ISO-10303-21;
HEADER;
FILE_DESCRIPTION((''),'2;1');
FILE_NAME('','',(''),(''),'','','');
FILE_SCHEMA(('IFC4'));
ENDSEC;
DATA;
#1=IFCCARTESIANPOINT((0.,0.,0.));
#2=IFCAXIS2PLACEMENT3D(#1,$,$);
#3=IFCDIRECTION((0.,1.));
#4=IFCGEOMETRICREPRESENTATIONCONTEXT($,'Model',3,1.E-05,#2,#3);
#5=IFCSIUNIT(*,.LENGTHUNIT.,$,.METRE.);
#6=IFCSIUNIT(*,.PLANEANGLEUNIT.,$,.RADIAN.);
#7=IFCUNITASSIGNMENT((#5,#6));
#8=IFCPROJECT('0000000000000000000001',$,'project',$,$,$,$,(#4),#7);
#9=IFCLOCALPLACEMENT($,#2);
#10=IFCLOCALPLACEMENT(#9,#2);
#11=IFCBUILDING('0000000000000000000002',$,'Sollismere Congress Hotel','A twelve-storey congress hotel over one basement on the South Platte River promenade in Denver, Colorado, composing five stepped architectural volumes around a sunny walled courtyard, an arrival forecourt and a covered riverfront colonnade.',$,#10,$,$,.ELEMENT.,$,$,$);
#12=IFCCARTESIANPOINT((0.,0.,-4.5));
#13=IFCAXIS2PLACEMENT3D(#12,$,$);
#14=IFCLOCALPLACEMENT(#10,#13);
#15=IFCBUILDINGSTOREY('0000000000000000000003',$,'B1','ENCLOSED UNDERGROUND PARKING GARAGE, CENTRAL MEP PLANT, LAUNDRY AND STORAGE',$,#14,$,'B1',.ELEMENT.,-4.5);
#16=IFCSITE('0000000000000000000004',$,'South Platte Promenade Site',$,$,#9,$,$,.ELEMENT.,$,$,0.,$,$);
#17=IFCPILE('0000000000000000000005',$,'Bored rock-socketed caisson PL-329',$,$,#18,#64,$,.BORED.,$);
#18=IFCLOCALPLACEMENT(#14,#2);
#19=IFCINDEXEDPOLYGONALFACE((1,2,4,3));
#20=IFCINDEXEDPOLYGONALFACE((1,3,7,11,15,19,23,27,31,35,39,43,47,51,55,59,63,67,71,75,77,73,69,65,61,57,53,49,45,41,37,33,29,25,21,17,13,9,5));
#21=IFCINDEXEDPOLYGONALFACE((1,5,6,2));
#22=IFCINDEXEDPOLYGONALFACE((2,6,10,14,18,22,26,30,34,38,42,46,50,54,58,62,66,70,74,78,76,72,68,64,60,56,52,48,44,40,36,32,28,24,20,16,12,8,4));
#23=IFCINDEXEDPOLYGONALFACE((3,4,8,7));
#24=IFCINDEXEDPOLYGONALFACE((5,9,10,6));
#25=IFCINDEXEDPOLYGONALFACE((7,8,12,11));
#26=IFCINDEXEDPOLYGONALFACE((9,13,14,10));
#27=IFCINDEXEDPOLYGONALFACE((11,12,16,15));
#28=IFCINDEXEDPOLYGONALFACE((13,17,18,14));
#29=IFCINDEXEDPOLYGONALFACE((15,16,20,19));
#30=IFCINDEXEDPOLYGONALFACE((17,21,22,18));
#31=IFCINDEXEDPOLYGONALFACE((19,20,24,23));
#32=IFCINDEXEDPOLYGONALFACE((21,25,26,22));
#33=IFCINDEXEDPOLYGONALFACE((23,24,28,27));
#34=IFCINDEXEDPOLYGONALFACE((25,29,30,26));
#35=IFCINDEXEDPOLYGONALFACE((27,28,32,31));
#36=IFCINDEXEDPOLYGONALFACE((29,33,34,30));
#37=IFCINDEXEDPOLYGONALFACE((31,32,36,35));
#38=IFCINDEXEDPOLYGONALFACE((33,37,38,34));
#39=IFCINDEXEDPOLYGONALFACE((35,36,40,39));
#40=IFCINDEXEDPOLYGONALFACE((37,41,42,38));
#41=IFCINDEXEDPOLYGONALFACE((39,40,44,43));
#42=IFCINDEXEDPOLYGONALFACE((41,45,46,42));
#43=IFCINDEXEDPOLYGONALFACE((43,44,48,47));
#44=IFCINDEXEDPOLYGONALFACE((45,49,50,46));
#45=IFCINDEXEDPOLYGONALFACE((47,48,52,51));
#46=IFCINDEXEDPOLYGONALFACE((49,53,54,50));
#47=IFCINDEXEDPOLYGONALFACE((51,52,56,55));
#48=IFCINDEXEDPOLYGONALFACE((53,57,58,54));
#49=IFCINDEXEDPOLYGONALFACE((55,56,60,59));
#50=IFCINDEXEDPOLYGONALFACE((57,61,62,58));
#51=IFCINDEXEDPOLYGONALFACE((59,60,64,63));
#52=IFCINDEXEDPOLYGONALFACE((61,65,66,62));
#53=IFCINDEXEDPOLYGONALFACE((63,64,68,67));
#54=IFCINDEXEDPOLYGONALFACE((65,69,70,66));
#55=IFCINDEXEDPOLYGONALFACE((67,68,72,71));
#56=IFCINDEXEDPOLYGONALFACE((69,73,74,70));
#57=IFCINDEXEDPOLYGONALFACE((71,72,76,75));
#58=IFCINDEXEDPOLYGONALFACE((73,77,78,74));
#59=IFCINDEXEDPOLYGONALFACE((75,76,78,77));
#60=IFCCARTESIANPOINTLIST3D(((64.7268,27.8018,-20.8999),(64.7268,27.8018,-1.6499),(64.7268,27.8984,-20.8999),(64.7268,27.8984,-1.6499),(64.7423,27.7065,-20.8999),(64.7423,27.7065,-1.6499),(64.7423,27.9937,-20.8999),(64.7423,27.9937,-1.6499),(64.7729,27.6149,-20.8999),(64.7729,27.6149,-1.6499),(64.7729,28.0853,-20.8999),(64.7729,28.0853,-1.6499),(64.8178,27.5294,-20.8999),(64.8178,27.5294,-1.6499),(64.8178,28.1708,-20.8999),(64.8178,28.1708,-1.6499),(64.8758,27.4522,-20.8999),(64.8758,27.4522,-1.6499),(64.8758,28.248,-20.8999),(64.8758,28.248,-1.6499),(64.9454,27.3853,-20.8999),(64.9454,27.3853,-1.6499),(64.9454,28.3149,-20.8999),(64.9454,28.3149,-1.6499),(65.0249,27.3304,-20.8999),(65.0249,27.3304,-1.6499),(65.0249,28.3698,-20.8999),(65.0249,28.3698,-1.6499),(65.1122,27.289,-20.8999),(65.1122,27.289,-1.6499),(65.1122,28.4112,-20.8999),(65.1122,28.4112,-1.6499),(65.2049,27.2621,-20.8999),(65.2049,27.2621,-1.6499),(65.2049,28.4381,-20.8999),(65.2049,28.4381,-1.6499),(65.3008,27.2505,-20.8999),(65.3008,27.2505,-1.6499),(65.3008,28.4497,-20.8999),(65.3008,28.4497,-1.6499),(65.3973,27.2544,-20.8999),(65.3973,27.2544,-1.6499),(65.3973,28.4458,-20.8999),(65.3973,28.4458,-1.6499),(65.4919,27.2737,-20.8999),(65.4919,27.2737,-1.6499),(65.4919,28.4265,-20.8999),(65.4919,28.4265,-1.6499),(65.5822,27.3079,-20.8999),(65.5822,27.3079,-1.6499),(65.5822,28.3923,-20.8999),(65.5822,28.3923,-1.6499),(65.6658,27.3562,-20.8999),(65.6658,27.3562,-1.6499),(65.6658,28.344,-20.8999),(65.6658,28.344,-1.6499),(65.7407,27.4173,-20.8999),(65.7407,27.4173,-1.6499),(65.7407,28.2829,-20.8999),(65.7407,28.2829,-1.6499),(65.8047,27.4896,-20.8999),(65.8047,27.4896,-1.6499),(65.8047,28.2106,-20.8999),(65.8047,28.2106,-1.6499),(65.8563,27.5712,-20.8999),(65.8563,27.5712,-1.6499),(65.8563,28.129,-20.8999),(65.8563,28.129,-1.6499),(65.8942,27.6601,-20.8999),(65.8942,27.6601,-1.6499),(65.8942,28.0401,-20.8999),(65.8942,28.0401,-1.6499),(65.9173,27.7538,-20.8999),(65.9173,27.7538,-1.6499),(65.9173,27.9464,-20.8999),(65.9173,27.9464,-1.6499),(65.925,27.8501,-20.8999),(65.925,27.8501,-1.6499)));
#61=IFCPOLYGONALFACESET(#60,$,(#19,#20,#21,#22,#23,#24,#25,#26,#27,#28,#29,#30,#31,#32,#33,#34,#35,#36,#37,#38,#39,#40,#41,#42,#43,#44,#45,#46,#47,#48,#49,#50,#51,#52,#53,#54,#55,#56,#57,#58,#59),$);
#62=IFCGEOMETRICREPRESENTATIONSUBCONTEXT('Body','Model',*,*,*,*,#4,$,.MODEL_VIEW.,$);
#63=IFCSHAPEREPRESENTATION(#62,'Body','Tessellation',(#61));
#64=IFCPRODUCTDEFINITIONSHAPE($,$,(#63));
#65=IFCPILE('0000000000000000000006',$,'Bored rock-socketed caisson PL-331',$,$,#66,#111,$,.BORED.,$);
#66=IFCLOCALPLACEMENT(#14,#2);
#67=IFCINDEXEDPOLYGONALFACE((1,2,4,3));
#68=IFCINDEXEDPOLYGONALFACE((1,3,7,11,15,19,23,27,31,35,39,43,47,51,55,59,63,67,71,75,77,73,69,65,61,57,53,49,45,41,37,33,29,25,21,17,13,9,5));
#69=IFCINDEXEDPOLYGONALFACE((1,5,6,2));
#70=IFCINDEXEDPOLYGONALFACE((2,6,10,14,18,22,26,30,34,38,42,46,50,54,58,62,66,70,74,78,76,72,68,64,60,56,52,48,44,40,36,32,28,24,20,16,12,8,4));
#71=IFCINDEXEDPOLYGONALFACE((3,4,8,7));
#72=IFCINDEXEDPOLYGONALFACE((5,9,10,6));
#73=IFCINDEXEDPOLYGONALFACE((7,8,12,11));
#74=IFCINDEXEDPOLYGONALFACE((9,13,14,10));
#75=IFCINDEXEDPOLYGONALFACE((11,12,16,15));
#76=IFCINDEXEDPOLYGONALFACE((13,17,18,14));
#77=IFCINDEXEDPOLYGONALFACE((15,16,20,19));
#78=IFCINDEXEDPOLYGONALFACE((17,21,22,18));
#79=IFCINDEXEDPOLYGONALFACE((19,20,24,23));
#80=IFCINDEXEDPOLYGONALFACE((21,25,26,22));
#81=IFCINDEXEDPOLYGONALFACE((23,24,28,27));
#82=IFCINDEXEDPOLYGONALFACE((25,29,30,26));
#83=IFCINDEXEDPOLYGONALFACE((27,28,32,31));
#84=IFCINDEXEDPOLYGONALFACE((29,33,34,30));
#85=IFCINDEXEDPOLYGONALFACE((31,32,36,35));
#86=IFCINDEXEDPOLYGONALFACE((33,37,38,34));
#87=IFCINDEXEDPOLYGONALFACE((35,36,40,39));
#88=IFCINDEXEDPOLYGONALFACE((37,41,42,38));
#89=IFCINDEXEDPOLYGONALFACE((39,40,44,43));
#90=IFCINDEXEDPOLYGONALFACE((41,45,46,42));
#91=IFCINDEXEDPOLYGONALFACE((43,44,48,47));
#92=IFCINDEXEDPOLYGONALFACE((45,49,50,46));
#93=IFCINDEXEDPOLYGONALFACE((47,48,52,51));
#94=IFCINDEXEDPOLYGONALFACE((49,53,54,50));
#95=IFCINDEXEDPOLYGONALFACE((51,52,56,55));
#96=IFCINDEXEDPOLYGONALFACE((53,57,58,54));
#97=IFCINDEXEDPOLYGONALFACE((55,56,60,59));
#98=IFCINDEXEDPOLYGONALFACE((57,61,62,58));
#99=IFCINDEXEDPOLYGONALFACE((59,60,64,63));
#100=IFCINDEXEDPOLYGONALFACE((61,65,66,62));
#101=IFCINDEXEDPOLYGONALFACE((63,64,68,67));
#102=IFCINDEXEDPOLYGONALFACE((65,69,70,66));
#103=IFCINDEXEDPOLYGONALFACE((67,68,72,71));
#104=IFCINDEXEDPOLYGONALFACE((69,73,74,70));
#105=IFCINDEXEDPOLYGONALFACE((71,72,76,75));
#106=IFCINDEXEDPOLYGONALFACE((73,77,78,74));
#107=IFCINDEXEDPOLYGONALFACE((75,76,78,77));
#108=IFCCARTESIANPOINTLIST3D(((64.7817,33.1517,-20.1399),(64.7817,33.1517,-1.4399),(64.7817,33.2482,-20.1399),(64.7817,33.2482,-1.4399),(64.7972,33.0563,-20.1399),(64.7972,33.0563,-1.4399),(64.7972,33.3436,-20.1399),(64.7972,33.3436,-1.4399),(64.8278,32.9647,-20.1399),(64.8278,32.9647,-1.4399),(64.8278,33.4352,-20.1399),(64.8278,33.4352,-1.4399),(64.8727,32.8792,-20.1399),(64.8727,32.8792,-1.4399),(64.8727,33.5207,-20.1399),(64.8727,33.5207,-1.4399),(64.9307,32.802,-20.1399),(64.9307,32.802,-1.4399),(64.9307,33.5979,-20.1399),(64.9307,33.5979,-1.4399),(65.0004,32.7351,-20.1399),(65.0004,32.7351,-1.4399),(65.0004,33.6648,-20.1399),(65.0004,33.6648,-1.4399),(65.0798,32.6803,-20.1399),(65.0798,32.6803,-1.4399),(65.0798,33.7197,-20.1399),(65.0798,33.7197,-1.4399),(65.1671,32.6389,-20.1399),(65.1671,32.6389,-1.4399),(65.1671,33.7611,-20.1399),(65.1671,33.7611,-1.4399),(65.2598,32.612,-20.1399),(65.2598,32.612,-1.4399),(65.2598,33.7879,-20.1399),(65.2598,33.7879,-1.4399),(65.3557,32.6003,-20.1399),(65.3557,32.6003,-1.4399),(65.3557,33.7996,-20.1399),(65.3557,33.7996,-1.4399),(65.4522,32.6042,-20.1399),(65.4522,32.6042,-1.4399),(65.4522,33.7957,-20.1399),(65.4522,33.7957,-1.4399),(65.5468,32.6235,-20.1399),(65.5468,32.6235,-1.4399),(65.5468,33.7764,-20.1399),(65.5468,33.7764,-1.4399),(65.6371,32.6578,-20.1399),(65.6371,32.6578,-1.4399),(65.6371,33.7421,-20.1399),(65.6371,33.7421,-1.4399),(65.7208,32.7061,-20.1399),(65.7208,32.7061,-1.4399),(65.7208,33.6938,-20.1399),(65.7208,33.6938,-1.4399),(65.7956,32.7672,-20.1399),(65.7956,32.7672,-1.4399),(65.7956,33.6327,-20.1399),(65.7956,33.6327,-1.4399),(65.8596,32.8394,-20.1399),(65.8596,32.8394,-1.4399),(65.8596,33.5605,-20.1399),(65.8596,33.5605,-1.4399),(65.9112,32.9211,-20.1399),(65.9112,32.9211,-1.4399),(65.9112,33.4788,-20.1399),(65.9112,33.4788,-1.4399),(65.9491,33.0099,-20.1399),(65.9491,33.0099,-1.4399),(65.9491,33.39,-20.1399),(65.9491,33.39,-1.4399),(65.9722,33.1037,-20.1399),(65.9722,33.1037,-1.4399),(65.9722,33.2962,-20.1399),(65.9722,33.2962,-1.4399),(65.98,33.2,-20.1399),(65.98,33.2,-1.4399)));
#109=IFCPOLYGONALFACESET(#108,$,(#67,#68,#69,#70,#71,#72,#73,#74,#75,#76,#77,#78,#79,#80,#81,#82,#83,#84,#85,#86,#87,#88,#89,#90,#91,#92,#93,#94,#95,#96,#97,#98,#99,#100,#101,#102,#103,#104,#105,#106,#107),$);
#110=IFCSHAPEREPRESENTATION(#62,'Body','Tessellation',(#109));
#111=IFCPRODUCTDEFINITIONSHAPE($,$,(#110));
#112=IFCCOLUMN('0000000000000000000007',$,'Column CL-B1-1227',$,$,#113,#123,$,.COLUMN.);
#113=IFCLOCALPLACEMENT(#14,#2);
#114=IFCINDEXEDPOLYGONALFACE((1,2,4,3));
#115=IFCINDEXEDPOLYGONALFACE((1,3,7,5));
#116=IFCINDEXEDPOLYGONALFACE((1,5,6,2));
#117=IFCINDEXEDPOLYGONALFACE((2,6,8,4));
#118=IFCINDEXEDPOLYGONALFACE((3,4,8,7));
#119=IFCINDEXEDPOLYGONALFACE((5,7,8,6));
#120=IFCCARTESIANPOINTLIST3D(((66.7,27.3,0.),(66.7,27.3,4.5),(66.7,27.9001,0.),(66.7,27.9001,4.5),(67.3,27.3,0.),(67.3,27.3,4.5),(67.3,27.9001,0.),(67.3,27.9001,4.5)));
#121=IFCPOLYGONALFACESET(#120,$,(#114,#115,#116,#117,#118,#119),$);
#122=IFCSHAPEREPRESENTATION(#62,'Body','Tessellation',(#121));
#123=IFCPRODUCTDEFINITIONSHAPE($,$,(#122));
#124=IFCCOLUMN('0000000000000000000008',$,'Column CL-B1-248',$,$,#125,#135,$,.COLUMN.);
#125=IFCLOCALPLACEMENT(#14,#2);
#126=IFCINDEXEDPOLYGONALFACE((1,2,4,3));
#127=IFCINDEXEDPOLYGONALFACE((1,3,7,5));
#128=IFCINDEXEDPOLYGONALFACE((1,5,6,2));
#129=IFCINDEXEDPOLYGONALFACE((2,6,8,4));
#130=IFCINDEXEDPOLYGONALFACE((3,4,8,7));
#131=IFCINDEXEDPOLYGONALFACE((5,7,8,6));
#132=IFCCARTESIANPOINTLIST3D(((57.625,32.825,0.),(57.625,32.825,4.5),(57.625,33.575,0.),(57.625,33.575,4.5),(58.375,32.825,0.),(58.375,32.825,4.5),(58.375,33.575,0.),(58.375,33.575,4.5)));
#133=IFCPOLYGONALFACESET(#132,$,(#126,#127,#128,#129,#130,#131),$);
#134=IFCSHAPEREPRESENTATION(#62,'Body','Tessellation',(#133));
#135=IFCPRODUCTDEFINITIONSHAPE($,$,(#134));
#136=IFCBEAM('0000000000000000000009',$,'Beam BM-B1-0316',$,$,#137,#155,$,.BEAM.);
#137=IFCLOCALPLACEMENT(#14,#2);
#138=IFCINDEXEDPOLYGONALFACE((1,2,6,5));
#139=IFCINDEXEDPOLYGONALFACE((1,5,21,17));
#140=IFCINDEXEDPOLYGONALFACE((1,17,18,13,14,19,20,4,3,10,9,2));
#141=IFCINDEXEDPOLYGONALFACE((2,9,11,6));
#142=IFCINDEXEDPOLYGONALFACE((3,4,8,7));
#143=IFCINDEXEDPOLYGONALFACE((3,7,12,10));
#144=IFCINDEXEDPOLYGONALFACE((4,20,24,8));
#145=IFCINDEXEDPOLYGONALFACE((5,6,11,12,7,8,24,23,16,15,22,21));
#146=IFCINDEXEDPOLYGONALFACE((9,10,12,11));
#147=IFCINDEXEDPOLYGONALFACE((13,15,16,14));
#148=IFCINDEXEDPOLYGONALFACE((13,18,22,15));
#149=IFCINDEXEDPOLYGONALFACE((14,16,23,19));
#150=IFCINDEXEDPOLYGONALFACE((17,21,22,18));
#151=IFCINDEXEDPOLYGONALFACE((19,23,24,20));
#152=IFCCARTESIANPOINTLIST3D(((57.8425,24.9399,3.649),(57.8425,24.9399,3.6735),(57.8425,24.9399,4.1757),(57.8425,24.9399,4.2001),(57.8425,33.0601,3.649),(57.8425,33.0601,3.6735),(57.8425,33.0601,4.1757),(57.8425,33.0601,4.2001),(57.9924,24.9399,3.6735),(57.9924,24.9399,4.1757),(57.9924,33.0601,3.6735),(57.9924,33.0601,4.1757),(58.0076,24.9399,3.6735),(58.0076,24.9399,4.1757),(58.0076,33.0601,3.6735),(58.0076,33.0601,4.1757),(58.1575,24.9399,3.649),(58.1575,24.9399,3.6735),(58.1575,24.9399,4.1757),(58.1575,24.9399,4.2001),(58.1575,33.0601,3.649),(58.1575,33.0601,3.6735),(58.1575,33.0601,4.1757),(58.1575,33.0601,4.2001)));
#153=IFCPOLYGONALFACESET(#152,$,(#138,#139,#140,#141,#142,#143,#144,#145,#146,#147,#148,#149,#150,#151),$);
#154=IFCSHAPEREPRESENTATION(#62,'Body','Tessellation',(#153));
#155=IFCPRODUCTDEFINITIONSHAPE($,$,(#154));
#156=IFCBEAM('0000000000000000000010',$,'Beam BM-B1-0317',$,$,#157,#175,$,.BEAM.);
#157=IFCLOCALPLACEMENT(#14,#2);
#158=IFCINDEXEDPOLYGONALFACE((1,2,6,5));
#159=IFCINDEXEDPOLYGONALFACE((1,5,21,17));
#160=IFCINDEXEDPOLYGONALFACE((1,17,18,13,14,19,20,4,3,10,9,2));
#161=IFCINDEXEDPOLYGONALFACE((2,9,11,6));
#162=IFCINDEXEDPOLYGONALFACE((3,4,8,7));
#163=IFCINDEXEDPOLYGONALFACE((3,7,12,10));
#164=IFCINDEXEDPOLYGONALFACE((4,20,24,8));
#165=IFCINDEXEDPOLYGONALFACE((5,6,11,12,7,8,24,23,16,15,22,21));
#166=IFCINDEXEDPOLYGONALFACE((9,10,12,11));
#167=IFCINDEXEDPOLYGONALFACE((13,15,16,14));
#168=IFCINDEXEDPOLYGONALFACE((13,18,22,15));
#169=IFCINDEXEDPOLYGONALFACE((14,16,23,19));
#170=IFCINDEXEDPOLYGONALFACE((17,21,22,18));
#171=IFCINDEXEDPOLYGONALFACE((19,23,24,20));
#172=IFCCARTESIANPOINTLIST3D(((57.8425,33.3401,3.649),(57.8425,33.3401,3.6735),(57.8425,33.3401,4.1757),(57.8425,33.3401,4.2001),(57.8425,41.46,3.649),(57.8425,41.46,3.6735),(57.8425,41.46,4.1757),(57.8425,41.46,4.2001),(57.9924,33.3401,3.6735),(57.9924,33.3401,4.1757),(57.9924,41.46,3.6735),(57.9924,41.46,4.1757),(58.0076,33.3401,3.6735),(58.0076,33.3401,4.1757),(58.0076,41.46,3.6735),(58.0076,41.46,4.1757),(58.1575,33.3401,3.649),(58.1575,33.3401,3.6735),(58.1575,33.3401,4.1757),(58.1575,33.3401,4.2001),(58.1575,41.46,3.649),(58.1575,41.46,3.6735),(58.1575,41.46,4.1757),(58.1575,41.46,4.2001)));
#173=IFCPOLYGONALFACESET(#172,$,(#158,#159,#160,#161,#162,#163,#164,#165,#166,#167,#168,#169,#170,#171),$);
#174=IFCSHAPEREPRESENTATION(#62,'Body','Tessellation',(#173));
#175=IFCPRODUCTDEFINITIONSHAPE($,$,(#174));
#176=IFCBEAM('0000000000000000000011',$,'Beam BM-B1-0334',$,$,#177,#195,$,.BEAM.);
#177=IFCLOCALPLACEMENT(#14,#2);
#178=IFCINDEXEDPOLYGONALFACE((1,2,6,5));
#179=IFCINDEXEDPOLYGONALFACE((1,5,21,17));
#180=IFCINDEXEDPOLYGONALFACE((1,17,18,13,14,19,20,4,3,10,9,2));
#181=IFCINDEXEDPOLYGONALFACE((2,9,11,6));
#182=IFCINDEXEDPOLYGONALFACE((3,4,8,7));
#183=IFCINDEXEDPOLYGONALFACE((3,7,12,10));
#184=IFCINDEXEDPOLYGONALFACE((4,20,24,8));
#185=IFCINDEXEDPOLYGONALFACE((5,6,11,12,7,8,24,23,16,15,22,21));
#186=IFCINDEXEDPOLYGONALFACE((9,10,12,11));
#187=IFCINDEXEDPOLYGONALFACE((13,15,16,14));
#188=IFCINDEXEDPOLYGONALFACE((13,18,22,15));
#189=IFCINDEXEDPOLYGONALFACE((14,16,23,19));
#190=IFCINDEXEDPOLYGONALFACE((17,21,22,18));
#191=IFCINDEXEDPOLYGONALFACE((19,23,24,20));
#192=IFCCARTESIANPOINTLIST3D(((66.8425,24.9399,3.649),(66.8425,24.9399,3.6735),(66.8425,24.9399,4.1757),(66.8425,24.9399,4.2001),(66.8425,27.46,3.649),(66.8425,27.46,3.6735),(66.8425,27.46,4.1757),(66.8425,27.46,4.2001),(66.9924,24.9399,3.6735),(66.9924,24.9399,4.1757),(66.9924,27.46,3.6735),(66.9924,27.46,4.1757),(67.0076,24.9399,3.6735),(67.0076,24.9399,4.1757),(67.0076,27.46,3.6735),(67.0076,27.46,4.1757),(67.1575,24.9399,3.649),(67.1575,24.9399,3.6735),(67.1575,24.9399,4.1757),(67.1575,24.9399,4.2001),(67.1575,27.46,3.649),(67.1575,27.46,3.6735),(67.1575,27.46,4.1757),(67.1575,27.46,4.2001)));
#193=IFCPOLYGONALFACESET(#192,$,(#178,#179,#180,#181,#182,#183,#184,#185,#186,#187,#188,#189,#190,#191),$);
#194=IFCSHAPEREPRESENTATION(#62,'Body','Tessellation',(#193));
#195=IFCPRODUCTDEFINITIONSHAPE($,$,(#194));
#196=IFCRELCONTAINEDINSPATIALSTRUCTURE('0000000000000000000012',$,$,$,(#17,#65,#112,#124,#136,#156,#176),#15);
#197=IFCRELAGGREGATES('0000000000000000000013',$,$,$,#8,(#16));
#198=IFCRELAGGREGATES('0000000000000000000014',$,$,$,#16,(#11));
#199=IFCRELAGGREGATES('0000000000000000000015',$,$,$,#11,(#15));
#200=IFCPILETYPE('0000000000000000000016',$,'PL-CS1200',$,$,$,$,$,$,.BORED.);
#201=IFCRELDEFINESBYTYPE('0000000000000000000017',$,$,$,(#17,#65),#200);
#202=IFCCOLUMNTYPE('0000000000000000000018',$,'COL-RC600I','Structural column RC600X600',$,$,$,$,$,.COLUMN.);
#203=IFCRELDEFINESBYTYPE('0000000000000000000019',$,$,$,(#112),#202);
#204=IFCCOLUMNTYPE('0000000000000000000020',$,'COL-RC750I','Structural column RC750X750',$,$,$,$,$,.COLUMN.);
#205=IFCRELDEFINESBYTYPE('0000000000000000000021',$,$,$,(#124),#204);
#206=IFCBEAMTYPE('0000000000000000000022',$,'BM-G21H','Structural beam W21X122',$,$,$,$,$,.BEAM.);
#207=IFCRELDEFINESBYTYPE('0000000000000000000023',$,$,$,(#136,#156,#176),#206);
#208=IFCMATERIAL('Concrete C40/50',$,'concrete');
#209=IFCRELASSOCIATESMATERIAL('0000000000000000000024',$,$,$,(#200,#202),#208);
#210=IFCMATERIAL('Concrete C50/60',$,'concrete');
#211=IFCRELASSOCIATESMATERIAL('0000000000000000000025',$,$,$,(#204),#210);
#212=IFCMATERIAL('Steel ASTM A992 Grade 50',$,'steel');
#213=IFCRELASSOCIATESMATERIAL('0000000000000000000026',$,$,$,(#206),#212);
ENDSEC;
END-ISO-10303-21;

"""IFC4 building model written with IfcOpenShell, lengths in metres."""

from ifc_helpers import new_model, si_unit, direction, frame, origin, origin_2d, place, context, subcontext, project, spatial, rectangle, circle, i_section, extrude, material, material_profile, profile_set, type_object, element, save


model = new_model("IFC4")

# Units and contexts
model_context = context("Model", 3, precision=1e-05, world=origin(), true_north=direction((0.0, 1.0)))
body_context = subcontext(model_context, "Body", "Model", "MODEL_VIEW")
ifc_project = project(units=[si_unit("LENGTHUNIT", "METRE"), si_unit("PLANEANGLEUNIT", "RADIAN")], contexts=[model_context])

# Site, building, storey
site_placement = place(None, origin())
site = spatial("IfcSite", under=ifc_project, at=site_placement, Name="South Platte Promenade Site", CompositionType="ELEMENT", RefElevation=0.0)
building_placement = place(site_placement, origin())
building = spatial("IfcBuilding", under=site, at=building_placement, Name="Sollismere Congress Hotel", Description="A twelve-storey congress hotel over one basement on the South Platte River promenade in Denver, Colorado, composing five stepped architectural volumes around a sunny walled courtyard, an arrival forecourt and a covered riverfront colonnade.", CompositionType="ELEMENT")
storey_placement = place(building_placement, frame((0.0, 0.0, -4.5)))
storey = spatial("IfcBuildingStorey", under=building, at=storey_placement, Name="B1", Description="ENCLOSED UNDERGROUND PARKING GARAGE, CENTRAL MEP PLANT, LAUNDRY AND STORAGE", LongName="B1", CompositionType="ELEMENT", Elevation=-4.5)

# Shared definitions
ifc_material_1 = material(Name="Concrete C40/50", Category="concrete")

# Piles
ifc_material_profile_1 = material_profile(ifc_material_1, circle(Radius=0.6001, at=origin_2d()), Name="CAISSON1200")
ifc_profile_set_1 = profile_set([ifc_material_profile_1], Name="Concrete C40/50")
pile_type = type_object("IfcPileType", Name="PL-CS1200", PredefinedType="BORED", material=ifc_profile_set_1)
pile_1_placement = place(storey_placement, frame((65.325, 27.8501, -1.6499), z_axis=(0.0, 0.0, -1.0), x_axis=(1.0, 0.0, 0.0)))
element("IfcPile", 1, at=pile_1_placement, inside=storey, type_object=pile_type, Name="Bored rock-socketed caisson PL-329", PredefinedType="BORED", context=body_context, shape_type="SweptSolid", body=[
    extrude(circle(Radius=0.6001, at=origin_2d()), origin(), (0.0, 0.0, 1.0), 19.25),
])
pile_2_placement = place(storey_placement, frame((65.3799, 33.2, -1.4399), z_axis=(0.0, 0.0, -1.0), x_axis=(1.0, 0.0, 0.0)))
element("IfcPile", 2, at=pile_2_placement, inside=storey, type_object=pile_type, Name="Bored rock-socketed caisson PL-331", PredefinedType="BORED", context=body_context, shape_type="SweptSolid", body=[
    extrude(circle(Radius=0.6001, at=origin_2d()), origin(), (0.0, 0.0, 1.0), 18.7),
])

# Columns
ifc_material_profile_2 = material_profile(ifc_material_1, rectangle(XDim=0.6001, YDim=0.6001, at=origin_2d()), Name="RC600X600")
ifc_profile_set_2 = profile_set([ifc_material_profile_2], Name="Concrete C40/50")
column_type_1 = type_object("IfcColumnType", Name="COL-RC600I", Description="Structural column RC600X600", PredefinedType="COLUMN", material=ifc_profile_set_2)
column_1_placement = place(storey_placement, frame((67.0, 27.6001, 0.0), z_axis=(0.0, 0.0, 1.0), x_axis=(1.0, 0.0, 0.0)))
element("IfcColumn", 3, at=column_1_placement, inside=storey, type_object=column_type_1, Name="Column CL-B1-1227", PredefinedType="COLUMN", context=body_context, shape_type="SweptSolid", body=[
    extrude(rectangle(XDim=0.6001, YDim=0.6001, at=origin_2d()), origin(), (0.0, 0.0, 1.0), 4.5),
])
ifc_material_2 = material(Name="Concrete C50/60", Category="concrete")
ifc_material_profile_3 = material_profile(ifc_material_2, rectangle(XDim=0.75, YDim=0.75, at=origin_2d()), Name="RC750X750")
ifc_profile_set_3 = profile_set([ifc_material_profile_3], Name="Concrete C50/60")
column_type_2 = type_object("IfcColumnType", Name="COL-RC750I", Description="Structural column RC750X750", PredefinedType="COLUMN", material=ifc_profile_set_3)
column_2_placement = place(storey_placement, frame((58.0, 33.2, 0.0), z_axis=(0.0, 0.0, 1.0), x_axis=(1.0, 0.0, 0.0)))
element("IfcColumn", 4, at=column_2_placement, inside=storey, type_object=column_type_2, Name="Column CL-B1-248", PredefinedType="COLUMN", context=body_context, shape_type="SweptSolid", body=[
    extrude(rectangle(XDim=0.75, YDim=0.75, at=origin_2d()), origin(), (0.0, 0.0, 1.0), 4.5),
])

# Beams
ifc_material_3 = material(Name="Steel ASTM A992 Grade 50", Category="steel")
ifc_material_profile_4 = material_profile(ifc_material_3, i_section(OverallWidth=0.3149, OverallDepth=0.551, WebThickness=0.0151, FlangeThickness=0.0244, at=origin_2d()), Name="W21X122")
ifc_profile_set_4 = profile_set([ifc_material_profile_4], Name="Steel ASTM A992 Grade 50")
beam_type_1 = type_object("IfcBeamType", Name="BM-G21H", Description="Structural beam W21X122", PredefinedType="BEAM", material=ifc_profile_set_4)
beam_1_placement = place(storey_placement, frame((58.0, 24.9399, 3.9246), z_axis=(0.0, 1.0, 0.0), x_axis=(-1.0, 0.0, 0.0)))
element("IfcBeam", 5, at=beam_1_placement, inside=storey, type_object=beam_type_1, Name="Beam BM-B1-0316", PredefinedType="BEAM", context=body_context, shape_type="SweptSolid", body=[
    extrude(i_section(OverallWidth=0.3149, OverallDepth=0.551, WebThickness=0.0151, FlangeThickness=0.0244, at=origin_2d()), origin(), (0.0, 0.0, 1.0), 8.1201),
])
beam_2_placement = place(storey_placement, frame((58.0, 33.3401, 3.9246), z_axis=(0.0, 1.0, 0.0), x_axis=(-1.0, 0.0, 0.0)))
element("IfcBeam", 6, at=beam_2_placement, inside=storey, type_object=beam_type_1, Name="Beam BM-B1-0317", PredefinedType="BEAM", context=body_context, shape_type="SweptSolid", body=[
    extrude(i_section(OverallWidth=0.3149, OverallDepth=0.551, WebThickness=0.0151, FlangeThickness=0.0244, at=origin_2d()), origin(), (0.0, 0.0, 1.0), 8.1199),
])
beam_3_placement = place(storey_placement, frame((67.0, 24.9399, 3.9246), z_axis=(0.0, 1.0, 0.0), x_axis=(-1.0, 0.0, 0.0)))
element("IfcBeam", 7, at=beam_3_placement, inside=storey, type_object=beam_type_1, Name="Beam BM-B1-0334", PredefinedType="BEAM", context=body_context, shape_type="SweptSolid", body=[
    extrude(i_section(OverallWidth=0.3149, OverallDepth=0.551, WebThickness=0.0151, FlangeThickness=0.0244, at=origin_2d()), origin(), (0.0, 0.0, 1.0), 2.52),
])

save(model, "model.ifc")
